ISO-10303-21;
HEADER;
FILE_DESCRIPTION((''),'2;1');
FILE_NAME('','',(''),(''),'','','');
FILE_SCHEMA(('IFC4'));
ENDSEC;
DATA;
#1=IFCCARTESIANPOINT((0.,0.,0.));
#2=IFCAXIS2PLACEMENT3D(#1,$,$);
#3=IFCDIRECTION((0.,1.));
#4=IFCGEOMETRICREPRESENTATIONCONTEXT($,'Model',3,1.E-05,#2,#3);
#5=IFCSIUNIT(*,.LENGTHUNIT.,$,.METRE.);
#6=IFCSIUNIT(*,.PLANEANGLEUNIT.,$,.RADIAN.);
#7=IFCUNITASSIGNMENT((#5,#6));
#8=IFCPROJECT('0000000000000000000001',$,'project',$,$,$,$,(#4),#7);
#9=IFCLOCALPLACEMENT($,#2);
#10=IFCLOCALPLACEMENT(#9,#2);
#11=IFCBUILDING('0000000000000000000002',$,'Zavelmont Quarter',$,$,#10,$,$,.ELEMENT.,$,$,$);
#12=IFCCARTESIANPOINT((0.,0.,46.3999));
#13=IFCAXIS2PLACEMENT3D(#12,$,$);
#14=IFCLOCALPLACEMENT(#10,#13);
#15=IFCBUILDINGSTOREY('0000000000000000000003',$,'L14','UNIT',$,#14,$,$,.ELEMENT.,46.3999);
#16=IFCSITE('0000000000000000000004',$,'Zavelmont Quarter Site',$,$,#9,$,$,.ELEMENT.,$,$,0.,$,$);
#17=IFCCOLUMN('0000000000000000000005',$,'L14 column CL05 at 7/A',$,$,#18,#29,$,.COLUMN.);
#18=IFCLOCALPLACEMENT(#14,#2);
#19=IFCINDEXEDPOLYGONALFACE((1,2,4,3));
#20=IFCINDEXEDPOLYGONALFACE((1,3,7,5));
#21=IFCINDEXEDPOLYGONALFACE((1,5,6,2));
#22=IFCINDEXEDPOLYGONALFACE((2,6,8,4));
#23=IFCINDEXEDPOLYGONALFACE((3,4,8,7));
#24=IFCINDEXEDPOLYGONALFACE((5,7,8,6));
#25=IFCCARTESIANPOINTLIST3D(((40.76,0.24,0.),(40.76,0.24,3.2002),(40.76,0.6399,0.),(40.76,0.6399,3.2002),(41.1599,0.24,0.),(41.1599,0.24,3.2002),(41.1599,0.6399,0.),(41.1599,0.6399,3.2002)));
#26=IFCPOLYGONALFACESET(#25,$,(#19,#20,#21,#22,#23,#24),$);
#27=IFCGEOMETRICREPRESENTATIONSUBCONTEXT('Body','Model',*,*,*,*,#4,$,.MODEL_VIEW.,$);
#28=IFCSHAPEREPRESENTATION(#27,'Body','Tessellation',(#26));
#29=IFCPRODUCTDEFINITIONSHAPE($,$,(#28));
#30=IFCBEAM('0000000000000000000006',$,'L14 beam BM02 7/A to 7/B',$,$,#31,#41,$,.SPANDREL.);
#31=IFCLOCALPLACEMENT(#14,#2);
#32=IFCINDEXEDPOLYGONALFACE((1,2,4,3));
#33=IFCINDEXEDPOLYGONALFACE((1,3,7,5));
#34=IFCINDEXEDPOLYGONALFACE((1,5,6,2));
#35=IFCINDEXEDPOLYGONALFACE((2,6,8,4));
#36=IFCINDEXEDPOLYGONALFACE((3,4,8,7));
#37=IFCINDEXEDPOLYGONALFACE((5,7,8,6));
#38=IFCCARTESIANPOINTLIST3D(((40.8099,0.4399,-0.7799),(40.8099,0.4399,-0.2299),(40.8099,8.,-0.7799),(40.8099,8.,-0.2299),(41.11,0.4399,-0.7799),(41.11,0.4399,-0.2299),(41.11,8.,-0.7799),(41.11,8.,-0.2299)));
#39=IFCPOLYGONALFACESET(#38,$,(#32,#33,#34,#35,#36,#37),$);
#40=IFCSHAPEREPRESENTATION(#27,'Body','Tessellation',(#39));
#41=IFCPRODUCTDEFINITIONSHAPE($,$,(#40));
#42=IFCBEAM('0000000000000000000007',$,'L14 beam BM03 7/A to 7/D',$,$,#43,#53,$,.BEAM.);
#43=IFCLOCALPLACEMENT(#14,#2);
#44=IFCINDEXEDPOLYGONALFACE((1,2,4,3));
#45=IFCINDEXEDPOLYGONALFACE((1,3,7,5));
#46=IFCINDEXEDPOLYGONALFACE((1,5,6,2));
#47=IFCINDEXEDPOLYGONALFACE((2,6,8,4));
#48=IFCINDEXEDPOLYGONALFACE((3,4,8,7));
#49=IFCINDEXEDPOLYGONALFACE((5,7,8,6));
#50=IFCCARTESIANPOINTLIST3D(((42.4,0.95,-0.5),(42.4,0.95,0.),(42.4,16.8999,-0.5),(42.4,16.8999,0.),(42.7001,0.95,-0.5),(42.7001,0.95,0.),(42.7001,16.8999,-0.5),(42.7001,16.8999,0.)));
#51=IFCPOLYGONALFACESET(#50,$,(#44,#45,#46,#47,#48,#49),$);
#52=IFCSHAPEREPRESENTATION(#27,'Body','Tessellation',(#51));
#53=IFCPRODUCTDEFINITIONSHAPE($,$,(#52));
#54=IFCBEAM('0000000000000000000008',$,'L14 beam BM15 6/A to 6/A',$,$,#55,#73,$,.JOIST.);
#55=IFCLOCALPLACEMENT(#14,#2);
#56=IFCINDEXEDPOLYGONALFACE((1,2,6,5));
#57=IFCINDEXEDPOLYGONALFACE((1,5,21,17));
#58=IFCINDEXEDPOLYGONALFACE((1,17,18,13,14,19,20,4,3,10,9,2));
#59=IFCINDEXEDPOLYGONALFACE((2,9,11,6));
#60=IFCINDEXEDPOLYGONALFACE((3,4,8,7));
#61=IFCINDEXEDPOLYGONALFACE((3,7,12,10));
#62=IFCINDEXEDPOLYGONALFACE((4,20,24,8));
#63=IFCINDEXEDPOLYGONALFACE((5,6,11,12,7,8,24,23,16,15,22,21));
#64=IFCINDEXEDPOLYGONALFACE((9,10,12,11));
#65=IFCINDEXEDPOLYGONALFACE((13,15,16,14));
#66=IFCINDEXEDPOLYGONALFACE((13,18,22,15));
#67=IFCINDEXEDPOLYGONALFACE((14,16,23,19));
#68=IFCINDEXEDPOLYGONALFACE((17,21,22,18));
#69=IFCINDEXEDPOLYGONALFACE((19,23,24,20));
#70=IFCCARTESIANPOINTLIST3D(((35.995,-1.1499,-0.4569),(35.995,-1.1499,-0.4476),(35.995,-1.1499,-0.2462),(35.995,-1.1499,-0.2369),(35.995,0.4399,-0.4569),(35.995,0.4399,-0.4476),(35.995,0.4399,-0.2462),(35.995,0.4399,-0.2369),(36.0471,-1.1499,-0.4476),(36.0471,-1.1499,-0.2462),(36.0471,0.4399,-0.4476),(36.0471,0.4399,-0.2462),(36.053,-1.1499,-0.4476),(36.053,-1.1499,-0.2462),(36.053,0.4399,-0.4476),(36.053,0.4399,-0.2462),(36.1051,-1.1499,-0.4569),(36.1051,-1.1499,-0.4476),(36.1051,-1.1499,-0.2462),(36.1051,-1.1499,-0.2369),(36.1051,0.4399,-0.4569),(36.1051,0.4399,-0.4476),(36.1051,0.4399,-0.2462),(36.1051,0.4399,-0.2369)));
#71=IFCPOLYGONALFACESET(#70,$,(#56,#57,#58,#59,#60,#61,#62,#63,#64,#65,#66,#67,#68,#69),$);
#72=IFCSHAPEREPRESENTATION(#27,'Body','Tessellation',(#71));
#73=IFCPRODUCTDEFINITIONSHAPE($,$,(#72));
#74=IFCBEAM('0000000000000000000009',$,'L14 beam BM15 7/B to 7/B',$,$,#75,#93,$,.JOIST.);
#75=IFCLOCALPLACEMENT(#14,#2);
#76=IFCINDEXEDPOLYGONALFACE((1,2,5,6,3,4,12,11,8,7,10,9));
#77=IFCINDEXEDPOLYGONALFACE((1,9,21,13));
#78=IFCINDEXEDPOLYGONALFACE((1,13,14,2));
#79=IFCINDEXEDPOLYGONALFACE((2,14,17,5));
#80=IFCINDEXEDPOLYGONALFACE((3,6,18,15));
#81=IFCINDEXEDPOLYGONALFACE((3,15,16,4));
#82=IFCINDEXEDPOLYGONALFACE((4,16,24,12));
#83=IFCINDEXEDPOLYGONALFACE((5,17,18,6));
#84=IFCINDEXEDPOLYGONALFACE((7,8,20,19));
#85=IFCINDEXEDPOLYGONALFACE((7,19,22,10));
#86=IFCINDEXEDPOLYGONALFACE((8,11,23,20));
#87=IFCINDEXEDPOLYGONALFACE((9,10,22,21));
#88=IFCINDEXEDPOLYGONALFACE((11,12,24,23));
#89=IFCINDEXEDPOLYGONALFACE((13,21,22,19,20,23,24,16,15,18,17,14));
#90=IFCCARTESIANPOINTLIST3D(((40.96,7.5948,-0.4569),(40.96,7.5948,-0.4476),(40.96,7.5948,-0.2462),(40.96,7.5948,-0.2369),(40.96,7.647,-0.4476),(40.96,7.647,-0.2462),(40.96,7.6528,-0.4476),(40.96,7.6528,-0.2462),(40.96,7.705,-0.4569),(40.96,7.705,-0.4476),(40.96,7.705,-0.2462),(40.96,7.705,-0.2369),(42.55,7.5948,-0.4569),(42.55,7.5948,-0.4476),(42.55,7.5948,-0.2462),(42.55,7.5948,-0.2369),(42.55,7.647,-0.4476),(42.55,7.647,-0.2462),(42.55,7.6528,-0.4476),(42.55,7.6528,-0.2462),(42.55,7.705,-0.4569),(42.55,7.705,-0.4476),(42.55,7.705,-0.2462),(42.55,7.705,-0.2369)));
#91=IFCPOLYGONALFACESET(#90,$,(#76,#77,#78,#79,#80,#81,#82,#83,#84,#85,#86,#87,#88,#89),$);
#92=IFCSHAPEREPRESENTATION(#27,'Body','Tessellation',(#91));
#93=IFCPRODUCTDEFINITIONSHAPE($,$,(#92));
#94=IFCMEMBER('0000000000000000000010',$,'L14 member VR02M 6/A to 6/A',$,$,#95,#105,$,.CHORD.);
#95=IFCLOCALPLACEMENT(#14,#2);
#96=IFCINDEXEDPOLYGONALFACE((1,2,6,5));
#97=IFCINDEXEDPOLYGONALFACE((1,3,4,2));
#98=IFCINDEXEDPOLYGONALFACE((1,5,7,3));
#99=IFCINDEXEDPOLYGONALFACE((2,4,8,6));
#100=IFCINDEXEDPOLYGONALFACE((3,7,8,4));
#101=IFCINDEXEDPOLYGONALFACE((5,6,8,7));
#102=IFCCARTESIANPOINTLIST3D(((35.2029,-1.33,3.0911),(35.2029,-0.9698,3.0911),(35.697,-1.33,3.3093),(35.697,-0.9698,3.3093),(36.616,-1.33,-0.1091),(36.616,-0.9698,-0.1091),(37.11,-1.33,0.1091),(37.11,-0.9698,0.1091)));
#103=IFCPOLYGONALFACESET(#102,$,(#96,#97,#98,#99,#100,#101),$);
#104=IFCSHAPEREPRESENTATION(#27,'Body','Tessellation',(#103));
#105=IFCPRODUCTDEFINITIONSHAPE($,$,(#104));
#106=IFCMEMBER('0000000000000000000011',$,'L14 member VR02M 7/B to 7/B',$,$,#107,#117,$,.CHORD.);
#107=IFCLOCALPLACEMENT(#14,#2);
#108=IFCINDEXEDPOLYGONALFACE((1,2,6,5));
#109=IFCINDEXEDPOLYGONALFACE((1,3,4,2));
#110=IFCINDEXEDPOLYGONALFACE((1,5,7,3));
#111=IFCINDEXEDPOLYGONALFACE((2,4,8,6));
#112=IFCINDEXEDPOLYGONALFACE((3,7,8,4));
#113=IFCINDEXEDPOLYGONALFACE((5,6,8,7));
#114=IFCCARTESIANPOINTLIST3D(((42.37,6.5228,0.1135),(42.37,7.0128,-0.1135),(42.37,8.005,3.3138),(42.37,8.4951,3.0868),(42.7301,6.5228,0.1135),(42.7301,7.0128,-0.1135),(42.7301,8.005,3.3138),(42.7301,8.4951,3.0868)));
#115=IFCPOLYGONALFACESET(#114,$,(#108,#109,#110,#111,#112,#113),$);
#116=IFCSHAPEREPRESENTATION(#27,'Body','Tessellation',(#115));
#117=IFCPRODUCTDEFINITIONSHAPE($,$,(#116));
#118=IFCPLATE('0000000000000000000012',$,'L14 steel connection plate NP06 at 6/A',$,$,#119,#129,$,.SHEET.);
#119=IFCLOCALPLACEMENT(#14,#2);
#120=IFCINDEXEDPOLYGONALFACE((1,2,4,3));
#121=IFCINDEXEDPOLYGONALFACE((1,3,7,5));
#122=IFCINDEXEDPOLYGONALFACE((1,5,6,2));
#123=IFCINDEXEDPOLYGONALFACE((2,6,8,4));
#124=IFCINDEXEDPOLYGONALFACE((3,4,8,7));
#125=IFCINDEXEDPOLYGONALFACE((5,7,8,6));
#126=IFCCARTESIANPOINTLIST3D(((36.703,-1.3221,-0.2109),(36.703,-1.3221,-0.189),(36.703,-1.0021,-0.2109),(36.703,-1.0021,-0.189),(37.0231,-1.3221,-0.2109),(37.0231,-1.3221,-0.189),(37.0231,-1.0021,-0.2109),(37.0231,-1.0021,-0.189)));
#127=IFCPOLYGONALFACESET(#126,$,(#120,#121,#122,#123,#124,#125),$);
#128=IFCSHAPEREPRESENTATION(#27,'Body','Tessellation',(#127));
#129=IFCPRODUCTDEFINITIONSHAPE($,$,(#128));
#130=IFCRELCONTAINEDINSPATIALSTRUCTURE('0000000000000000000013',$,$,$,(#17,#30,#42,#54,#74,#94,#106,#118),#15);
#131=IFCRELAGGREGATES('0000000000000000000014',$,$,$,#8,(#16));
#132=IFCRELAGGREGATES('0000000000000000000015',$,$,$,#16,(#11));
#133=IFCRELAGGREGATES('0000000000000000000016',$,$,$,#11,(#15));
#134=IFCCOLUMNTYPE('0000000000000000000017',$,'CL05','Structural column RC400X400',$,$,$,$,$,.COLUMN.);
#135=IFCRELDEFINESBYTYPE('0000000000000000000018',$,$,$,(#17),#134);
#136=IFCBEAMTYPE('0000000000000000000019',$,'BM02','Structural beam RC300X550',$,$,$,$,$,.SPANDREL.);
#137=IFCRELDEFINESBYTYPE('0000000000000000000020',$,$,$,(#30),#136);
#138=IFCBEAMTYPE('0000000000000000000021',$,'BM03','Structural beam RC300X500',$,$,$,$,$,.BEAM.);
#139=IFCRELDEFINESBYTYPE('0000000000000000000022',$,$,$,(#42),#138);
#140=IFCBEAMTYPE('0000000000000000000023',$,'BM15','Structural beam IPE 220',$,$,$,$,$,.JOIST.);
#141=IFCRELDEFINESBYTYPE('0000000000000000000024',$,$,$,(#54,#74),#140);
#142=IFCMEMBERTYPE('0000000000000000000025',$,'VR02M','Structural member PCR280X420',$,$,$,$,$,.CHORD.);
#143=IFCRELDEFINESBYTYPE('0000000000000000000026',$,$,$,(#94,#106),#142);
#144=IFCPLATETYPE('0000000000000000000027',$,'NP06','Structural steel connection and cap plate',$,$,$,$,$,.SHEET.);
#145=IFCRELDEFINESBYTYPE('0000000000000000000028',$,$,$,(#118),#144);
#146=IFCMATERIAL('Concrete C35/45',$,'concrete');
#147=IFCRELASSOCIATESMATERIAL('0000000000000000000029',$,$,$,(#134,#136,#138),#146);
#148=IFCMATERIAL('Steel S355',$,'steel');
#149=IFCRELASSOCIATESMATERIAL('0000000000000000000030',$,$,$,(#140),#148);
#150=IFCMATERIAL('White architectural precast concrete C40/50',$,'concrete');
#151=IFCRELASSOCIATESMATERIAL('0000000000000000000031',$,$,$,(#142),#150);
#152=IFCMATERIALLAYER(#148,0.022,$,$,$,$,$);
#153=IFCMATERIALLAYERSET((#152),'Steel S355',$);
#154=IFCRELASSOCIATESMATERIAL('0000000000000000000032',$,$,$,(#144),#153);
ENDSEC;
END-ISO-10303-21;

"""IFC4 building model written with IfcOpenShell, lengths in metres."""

from ifc_helpers import new_model, si_unit, direction, frame, origin, origin_2d, place, context, subcontext, project, spatial, rectangle, i_section, extrude, material, layer, layer_set, material_profile, profile_set, type_object, element, save


model = new_model("IFC4")

# Units and contexts
model_context = context("Model", 3, precision=1e-05, world=origin(), true_north=direction((0.0, 1.0)))
body_context = subcontext(model_context, "Body", "Model", "MODEL_VIEW")
ifc_project = project(units=[si_unit("LENGTHUNIT", "METRE"), si_unit("PLANEANGLEUNIT", "RADIAN")], contexts=[model_context])

# Site, building, storey
site_placement = place(None, origin())
site = spatial("IfcSite", under=ifc_project, at=site_placement, Name="Zavelmont Quarter Site", CompositionType="ELEMENT", RefElevation=0.0)
building_placement = place(site_placement, origin())
building = spatial("IfcBuilding", under=site, at=building_placement, Name="Zavelmont Quarter", CompositionType="ELEMENT")
storey_placement = place(building_placement, frame((0.0, 0.0, 46.3999)))
storey = spatial("IfcBuildingStorey", under=building, at=storey_placement, Name="L14", Description="UNIT", CompositionType="ELEMENT", Elevation=46.3999)

# Column
ifc_material_1 = material(Name="Concrete C35/45", Category="concrete")
ifc_material_profile_1 = material_profile(ifc_material_1, rectangle(XDim=0.3999, YDim=0.3999, at=origin_2d()), Name="RC400X400")
ifc_profile_set_1 = profile_set([ifc_material_profile_1], Name="Concrete C35/45")
column_type = type_object("IfcColumnType", Name="CL05", Description="Structural column RC400X400", PredefinedType="COLUMN", material=ifc_profile_set_1)
column_placement = place(storey_placement, frame((40.96, 0.4399, 0.0), z_axis=(0.0, 0.0, 1.0), x_axis=(1.0, 0.0, 0.0)))
element("IfcColumn", 1, at=column_placement, inside=storey, type_object=column_type, Name="L14 column CL05 at 7/A", PredefinedType="COLUMN", context=body_context, shape_type="SweptSolid", body=[
    extrude(rectangle(XDim=0.3999, YDim=0.3999, at=origin_2d()), origin(), (0.0, 0.0, 1.0), 3.2002),
])

# Beams
ifc_material_profile_2 = material_profile(ifc_material_1, rectangle(XDim=0.3, YDim=0.55, at=origin_2d()), Name="RC300X550")
ifc_profile_set_2 = profile_set([ifc_material_profile_2], Name="Concrete C35/45")
beam_type_1 = type_object("IfcBeamType", Name="BM02", Description="Structural beam RC300X550", PredefinedType="SPANDREL", material=ifc_profile_set_2)
beam_1_placement = place(storey_placement, frame((40.96, 0.4399, -0.5049), z_axis=(0.0, 1.0, 0.0), x_axis=(-1.0, 0.0, 0.0)))
element("IfcBeam", 2, at=beam_1_placement, inside=storey, type_object=beam_type_1, Name="L14 beam BM02 7/A to 7/B", PredefinedType="SPANDREL", context=body_context, shape_type="SweptSolid", body=[
    extrude(rectangle(XDim=0.3, YDim=0.55, at=origin_2d()), origin(), (0.0, 0.0, 1.0), 7.5601),
])
ifc_material_profile_3 = material_profile(ifc_material_1, rectangle(XDim=0.3, YDim=0.5, at=origin_2d()), Name="RC300X500")
ifc_profile_set_3 = profile_set([ifc_material_profile_3], Name="Concrete C35/45")
beam_type_2 = type_object("IfcBeamType", Name="BM03", Description="Structural beam RC300X500", PredefinedType="BEAM", material=ifc_profile_set_3)
beam_2_placement = place(storey_placement, frame((42.55, 0.95, -0.25), z_axis=(0.0, 1.0, 0.0), x_axis=(-1.0, 0.0, 0.0)))
element("IfcBeam", 3, at=beam_2_placement, inside=storey, type_object=beam_type_2, Name="L14 beam BM03 7/A to 7/D", PredefinedType="BEAM", context=body_context, shape_type="SweptSolid", body=[
    extrude(rectangle(XDim=0.3, YDim=0.5, at=origin_2d()), origin(), (0.0, 0.0, 1.0), 15.95),
])
ifc_material_2 = material(Name="Steel S355", Category="steel")
ifc_material_profile_4 = material_profile(ifc_material_2, i_section(OverallWidth=0.1101, OverallDepth=0.22, WebThickness=0.0059, FlangeThickness=0.0093, at=origin_2d()), Name="IPE 220")
ifc_profile_set_4 = profile_set([ifc_material_profile_4], Name="Steel S355")
beam_type_3 = type_object("IfcBeamType", Name="BM15", Description="Structural beam IPE 220", PredefinedType="JOIST", material=ifc_profile_set_4)
beam_3_placement = place(storey_placement, frame((36.05, 0.4399, -0.3469), z_axis=(0.0, -1.0, 0.0), x_axis=(1.0, 0.0, 0.0)))
element("IfcBeam", 4, at=beam_3_placement, inside=storey, type_object=beam_type_3, Name="L14 beam BM15 6/A to 6/A", PredefinedType="JOIST", context=body_context, shape_type="SweptSolid", body=[
    extrude(i_section(OverallWidth=0.1101, OverallDepth=0.22, WebThickness=0.0059, FlangeThickness=0.0093, at=origin_2d()), origin(), (0.0, 0.0, 1.0), 1.5898),
])
beam_4_placement = place(storey_placement, frame((40.96, 7.6499, -0.3469), z_axis=(1.0, 0.0, 0.0), x_axis=(0.0, 1.0, 0.0)))
element("IfcBeam", 5, at=beam_4_placement, inside=storey, type_object=beam_type_3, Name="L14 beam BM15 7/B to 7/B", PredefinedType="JOIST", context=body_context, shape_type="SweptSolid", body=[
    extrude(i_section(OverallWidth=0.1101, OverallDepth=0.22, WebThickness=0.0059, FlangeThickness=0.0093, at=origin_2d()), origin(), (0.0, 0.0, 1.0), 1.5901),
])

# Members
ifc_material_3 = material(Name="White architectural precast concrete C40/50", Category="concrete")
ifc_material_profile_5 = material_profile(ifc_material_3, rectangle(XDim=0.3601, YDim=0.54, at=origin_2d()), Name="PCR280X420")
ifc_profile_set_5 = profile_set([ifc_material_profile_5], Name="White architectural precast concrete C40/50")
member_type = type_object("IfcMemberType", Name="VR02M", Description="Structural member PCR280X420", PredefinedType="CHORD", material=ifc_profile_set_5)
member_1_placement = place(storey_placement, frame((36.863, -1.1499, 0.0), z_axis=(-0.403936, 0.0, 0.914787), x_axis=(0.0, -1.0, 0.0)))
element("IfcMember", 6, at=member_1_placement, inside=storey, type_object=member_type, Name="L14 member VR02M 6/A to 6/A", PredefinedType="CHORD", context=body_context, shape_type="SweptSolid", body=[
    extrude(rectangle(XDim=0.3601, YDim=0.54, at=origin_2d()), origin(), (0.0, 0.0, 1.0), 3.4983),
])
member_2_placement = place(storey_placement, frame((42.55, 6.7678, 0.0), z_axis=(0.0, 0.420265, 0.907401), x_axis=(-1.0, 0.0, 0.0)))
element("IfcMember", 7, at=member_2_placement, inside=storey, type_object=member_type, Name="L14 member VR02M 7/B to 7/B", PredefinedType="CHORD", context=body_context, shape_type="SweptSolid", body=[
    extrude(rectangle(XDim=0.3601, YDim=0.54, at=origin_2d()), origin(), (0.0, 0.0, 1.0), 3.5269),
])

# Plate
ifc_layer_1 = layer(ifc_material_2, 0.022)
ifc_layer_set_1 = layer_set([ifc_layer_1], Name="Steel S355")
plate_type = type_object("IfcPlateType", Name="NP06", Description="Structural steel connection and cap plate", PredefinedType="SHEET", material=ifc_layer_set_1)
plate_placement = place(storey_placement, frame((36.863, -1.1621, -0.2109), z_axis=(0.0, 0.0, 1.0), x_axis=(1.0, 0.0, 0.0)))
element("IfcPlate", 8, at=plate_placement, inside=storey, type_object=plate_type, Name="L14 steel connection plate NP06 at 6/A", PredefinedType="SHEET", context=body_context, shape_type="SweptSolid", body=[
    extrude(rectangle(XDim=0.3201, YDim=0.3201, at=origin_2d()), origin(), (0.0, 0.0, 1.0), 0.022),
])

save(model, "model.ifc")
